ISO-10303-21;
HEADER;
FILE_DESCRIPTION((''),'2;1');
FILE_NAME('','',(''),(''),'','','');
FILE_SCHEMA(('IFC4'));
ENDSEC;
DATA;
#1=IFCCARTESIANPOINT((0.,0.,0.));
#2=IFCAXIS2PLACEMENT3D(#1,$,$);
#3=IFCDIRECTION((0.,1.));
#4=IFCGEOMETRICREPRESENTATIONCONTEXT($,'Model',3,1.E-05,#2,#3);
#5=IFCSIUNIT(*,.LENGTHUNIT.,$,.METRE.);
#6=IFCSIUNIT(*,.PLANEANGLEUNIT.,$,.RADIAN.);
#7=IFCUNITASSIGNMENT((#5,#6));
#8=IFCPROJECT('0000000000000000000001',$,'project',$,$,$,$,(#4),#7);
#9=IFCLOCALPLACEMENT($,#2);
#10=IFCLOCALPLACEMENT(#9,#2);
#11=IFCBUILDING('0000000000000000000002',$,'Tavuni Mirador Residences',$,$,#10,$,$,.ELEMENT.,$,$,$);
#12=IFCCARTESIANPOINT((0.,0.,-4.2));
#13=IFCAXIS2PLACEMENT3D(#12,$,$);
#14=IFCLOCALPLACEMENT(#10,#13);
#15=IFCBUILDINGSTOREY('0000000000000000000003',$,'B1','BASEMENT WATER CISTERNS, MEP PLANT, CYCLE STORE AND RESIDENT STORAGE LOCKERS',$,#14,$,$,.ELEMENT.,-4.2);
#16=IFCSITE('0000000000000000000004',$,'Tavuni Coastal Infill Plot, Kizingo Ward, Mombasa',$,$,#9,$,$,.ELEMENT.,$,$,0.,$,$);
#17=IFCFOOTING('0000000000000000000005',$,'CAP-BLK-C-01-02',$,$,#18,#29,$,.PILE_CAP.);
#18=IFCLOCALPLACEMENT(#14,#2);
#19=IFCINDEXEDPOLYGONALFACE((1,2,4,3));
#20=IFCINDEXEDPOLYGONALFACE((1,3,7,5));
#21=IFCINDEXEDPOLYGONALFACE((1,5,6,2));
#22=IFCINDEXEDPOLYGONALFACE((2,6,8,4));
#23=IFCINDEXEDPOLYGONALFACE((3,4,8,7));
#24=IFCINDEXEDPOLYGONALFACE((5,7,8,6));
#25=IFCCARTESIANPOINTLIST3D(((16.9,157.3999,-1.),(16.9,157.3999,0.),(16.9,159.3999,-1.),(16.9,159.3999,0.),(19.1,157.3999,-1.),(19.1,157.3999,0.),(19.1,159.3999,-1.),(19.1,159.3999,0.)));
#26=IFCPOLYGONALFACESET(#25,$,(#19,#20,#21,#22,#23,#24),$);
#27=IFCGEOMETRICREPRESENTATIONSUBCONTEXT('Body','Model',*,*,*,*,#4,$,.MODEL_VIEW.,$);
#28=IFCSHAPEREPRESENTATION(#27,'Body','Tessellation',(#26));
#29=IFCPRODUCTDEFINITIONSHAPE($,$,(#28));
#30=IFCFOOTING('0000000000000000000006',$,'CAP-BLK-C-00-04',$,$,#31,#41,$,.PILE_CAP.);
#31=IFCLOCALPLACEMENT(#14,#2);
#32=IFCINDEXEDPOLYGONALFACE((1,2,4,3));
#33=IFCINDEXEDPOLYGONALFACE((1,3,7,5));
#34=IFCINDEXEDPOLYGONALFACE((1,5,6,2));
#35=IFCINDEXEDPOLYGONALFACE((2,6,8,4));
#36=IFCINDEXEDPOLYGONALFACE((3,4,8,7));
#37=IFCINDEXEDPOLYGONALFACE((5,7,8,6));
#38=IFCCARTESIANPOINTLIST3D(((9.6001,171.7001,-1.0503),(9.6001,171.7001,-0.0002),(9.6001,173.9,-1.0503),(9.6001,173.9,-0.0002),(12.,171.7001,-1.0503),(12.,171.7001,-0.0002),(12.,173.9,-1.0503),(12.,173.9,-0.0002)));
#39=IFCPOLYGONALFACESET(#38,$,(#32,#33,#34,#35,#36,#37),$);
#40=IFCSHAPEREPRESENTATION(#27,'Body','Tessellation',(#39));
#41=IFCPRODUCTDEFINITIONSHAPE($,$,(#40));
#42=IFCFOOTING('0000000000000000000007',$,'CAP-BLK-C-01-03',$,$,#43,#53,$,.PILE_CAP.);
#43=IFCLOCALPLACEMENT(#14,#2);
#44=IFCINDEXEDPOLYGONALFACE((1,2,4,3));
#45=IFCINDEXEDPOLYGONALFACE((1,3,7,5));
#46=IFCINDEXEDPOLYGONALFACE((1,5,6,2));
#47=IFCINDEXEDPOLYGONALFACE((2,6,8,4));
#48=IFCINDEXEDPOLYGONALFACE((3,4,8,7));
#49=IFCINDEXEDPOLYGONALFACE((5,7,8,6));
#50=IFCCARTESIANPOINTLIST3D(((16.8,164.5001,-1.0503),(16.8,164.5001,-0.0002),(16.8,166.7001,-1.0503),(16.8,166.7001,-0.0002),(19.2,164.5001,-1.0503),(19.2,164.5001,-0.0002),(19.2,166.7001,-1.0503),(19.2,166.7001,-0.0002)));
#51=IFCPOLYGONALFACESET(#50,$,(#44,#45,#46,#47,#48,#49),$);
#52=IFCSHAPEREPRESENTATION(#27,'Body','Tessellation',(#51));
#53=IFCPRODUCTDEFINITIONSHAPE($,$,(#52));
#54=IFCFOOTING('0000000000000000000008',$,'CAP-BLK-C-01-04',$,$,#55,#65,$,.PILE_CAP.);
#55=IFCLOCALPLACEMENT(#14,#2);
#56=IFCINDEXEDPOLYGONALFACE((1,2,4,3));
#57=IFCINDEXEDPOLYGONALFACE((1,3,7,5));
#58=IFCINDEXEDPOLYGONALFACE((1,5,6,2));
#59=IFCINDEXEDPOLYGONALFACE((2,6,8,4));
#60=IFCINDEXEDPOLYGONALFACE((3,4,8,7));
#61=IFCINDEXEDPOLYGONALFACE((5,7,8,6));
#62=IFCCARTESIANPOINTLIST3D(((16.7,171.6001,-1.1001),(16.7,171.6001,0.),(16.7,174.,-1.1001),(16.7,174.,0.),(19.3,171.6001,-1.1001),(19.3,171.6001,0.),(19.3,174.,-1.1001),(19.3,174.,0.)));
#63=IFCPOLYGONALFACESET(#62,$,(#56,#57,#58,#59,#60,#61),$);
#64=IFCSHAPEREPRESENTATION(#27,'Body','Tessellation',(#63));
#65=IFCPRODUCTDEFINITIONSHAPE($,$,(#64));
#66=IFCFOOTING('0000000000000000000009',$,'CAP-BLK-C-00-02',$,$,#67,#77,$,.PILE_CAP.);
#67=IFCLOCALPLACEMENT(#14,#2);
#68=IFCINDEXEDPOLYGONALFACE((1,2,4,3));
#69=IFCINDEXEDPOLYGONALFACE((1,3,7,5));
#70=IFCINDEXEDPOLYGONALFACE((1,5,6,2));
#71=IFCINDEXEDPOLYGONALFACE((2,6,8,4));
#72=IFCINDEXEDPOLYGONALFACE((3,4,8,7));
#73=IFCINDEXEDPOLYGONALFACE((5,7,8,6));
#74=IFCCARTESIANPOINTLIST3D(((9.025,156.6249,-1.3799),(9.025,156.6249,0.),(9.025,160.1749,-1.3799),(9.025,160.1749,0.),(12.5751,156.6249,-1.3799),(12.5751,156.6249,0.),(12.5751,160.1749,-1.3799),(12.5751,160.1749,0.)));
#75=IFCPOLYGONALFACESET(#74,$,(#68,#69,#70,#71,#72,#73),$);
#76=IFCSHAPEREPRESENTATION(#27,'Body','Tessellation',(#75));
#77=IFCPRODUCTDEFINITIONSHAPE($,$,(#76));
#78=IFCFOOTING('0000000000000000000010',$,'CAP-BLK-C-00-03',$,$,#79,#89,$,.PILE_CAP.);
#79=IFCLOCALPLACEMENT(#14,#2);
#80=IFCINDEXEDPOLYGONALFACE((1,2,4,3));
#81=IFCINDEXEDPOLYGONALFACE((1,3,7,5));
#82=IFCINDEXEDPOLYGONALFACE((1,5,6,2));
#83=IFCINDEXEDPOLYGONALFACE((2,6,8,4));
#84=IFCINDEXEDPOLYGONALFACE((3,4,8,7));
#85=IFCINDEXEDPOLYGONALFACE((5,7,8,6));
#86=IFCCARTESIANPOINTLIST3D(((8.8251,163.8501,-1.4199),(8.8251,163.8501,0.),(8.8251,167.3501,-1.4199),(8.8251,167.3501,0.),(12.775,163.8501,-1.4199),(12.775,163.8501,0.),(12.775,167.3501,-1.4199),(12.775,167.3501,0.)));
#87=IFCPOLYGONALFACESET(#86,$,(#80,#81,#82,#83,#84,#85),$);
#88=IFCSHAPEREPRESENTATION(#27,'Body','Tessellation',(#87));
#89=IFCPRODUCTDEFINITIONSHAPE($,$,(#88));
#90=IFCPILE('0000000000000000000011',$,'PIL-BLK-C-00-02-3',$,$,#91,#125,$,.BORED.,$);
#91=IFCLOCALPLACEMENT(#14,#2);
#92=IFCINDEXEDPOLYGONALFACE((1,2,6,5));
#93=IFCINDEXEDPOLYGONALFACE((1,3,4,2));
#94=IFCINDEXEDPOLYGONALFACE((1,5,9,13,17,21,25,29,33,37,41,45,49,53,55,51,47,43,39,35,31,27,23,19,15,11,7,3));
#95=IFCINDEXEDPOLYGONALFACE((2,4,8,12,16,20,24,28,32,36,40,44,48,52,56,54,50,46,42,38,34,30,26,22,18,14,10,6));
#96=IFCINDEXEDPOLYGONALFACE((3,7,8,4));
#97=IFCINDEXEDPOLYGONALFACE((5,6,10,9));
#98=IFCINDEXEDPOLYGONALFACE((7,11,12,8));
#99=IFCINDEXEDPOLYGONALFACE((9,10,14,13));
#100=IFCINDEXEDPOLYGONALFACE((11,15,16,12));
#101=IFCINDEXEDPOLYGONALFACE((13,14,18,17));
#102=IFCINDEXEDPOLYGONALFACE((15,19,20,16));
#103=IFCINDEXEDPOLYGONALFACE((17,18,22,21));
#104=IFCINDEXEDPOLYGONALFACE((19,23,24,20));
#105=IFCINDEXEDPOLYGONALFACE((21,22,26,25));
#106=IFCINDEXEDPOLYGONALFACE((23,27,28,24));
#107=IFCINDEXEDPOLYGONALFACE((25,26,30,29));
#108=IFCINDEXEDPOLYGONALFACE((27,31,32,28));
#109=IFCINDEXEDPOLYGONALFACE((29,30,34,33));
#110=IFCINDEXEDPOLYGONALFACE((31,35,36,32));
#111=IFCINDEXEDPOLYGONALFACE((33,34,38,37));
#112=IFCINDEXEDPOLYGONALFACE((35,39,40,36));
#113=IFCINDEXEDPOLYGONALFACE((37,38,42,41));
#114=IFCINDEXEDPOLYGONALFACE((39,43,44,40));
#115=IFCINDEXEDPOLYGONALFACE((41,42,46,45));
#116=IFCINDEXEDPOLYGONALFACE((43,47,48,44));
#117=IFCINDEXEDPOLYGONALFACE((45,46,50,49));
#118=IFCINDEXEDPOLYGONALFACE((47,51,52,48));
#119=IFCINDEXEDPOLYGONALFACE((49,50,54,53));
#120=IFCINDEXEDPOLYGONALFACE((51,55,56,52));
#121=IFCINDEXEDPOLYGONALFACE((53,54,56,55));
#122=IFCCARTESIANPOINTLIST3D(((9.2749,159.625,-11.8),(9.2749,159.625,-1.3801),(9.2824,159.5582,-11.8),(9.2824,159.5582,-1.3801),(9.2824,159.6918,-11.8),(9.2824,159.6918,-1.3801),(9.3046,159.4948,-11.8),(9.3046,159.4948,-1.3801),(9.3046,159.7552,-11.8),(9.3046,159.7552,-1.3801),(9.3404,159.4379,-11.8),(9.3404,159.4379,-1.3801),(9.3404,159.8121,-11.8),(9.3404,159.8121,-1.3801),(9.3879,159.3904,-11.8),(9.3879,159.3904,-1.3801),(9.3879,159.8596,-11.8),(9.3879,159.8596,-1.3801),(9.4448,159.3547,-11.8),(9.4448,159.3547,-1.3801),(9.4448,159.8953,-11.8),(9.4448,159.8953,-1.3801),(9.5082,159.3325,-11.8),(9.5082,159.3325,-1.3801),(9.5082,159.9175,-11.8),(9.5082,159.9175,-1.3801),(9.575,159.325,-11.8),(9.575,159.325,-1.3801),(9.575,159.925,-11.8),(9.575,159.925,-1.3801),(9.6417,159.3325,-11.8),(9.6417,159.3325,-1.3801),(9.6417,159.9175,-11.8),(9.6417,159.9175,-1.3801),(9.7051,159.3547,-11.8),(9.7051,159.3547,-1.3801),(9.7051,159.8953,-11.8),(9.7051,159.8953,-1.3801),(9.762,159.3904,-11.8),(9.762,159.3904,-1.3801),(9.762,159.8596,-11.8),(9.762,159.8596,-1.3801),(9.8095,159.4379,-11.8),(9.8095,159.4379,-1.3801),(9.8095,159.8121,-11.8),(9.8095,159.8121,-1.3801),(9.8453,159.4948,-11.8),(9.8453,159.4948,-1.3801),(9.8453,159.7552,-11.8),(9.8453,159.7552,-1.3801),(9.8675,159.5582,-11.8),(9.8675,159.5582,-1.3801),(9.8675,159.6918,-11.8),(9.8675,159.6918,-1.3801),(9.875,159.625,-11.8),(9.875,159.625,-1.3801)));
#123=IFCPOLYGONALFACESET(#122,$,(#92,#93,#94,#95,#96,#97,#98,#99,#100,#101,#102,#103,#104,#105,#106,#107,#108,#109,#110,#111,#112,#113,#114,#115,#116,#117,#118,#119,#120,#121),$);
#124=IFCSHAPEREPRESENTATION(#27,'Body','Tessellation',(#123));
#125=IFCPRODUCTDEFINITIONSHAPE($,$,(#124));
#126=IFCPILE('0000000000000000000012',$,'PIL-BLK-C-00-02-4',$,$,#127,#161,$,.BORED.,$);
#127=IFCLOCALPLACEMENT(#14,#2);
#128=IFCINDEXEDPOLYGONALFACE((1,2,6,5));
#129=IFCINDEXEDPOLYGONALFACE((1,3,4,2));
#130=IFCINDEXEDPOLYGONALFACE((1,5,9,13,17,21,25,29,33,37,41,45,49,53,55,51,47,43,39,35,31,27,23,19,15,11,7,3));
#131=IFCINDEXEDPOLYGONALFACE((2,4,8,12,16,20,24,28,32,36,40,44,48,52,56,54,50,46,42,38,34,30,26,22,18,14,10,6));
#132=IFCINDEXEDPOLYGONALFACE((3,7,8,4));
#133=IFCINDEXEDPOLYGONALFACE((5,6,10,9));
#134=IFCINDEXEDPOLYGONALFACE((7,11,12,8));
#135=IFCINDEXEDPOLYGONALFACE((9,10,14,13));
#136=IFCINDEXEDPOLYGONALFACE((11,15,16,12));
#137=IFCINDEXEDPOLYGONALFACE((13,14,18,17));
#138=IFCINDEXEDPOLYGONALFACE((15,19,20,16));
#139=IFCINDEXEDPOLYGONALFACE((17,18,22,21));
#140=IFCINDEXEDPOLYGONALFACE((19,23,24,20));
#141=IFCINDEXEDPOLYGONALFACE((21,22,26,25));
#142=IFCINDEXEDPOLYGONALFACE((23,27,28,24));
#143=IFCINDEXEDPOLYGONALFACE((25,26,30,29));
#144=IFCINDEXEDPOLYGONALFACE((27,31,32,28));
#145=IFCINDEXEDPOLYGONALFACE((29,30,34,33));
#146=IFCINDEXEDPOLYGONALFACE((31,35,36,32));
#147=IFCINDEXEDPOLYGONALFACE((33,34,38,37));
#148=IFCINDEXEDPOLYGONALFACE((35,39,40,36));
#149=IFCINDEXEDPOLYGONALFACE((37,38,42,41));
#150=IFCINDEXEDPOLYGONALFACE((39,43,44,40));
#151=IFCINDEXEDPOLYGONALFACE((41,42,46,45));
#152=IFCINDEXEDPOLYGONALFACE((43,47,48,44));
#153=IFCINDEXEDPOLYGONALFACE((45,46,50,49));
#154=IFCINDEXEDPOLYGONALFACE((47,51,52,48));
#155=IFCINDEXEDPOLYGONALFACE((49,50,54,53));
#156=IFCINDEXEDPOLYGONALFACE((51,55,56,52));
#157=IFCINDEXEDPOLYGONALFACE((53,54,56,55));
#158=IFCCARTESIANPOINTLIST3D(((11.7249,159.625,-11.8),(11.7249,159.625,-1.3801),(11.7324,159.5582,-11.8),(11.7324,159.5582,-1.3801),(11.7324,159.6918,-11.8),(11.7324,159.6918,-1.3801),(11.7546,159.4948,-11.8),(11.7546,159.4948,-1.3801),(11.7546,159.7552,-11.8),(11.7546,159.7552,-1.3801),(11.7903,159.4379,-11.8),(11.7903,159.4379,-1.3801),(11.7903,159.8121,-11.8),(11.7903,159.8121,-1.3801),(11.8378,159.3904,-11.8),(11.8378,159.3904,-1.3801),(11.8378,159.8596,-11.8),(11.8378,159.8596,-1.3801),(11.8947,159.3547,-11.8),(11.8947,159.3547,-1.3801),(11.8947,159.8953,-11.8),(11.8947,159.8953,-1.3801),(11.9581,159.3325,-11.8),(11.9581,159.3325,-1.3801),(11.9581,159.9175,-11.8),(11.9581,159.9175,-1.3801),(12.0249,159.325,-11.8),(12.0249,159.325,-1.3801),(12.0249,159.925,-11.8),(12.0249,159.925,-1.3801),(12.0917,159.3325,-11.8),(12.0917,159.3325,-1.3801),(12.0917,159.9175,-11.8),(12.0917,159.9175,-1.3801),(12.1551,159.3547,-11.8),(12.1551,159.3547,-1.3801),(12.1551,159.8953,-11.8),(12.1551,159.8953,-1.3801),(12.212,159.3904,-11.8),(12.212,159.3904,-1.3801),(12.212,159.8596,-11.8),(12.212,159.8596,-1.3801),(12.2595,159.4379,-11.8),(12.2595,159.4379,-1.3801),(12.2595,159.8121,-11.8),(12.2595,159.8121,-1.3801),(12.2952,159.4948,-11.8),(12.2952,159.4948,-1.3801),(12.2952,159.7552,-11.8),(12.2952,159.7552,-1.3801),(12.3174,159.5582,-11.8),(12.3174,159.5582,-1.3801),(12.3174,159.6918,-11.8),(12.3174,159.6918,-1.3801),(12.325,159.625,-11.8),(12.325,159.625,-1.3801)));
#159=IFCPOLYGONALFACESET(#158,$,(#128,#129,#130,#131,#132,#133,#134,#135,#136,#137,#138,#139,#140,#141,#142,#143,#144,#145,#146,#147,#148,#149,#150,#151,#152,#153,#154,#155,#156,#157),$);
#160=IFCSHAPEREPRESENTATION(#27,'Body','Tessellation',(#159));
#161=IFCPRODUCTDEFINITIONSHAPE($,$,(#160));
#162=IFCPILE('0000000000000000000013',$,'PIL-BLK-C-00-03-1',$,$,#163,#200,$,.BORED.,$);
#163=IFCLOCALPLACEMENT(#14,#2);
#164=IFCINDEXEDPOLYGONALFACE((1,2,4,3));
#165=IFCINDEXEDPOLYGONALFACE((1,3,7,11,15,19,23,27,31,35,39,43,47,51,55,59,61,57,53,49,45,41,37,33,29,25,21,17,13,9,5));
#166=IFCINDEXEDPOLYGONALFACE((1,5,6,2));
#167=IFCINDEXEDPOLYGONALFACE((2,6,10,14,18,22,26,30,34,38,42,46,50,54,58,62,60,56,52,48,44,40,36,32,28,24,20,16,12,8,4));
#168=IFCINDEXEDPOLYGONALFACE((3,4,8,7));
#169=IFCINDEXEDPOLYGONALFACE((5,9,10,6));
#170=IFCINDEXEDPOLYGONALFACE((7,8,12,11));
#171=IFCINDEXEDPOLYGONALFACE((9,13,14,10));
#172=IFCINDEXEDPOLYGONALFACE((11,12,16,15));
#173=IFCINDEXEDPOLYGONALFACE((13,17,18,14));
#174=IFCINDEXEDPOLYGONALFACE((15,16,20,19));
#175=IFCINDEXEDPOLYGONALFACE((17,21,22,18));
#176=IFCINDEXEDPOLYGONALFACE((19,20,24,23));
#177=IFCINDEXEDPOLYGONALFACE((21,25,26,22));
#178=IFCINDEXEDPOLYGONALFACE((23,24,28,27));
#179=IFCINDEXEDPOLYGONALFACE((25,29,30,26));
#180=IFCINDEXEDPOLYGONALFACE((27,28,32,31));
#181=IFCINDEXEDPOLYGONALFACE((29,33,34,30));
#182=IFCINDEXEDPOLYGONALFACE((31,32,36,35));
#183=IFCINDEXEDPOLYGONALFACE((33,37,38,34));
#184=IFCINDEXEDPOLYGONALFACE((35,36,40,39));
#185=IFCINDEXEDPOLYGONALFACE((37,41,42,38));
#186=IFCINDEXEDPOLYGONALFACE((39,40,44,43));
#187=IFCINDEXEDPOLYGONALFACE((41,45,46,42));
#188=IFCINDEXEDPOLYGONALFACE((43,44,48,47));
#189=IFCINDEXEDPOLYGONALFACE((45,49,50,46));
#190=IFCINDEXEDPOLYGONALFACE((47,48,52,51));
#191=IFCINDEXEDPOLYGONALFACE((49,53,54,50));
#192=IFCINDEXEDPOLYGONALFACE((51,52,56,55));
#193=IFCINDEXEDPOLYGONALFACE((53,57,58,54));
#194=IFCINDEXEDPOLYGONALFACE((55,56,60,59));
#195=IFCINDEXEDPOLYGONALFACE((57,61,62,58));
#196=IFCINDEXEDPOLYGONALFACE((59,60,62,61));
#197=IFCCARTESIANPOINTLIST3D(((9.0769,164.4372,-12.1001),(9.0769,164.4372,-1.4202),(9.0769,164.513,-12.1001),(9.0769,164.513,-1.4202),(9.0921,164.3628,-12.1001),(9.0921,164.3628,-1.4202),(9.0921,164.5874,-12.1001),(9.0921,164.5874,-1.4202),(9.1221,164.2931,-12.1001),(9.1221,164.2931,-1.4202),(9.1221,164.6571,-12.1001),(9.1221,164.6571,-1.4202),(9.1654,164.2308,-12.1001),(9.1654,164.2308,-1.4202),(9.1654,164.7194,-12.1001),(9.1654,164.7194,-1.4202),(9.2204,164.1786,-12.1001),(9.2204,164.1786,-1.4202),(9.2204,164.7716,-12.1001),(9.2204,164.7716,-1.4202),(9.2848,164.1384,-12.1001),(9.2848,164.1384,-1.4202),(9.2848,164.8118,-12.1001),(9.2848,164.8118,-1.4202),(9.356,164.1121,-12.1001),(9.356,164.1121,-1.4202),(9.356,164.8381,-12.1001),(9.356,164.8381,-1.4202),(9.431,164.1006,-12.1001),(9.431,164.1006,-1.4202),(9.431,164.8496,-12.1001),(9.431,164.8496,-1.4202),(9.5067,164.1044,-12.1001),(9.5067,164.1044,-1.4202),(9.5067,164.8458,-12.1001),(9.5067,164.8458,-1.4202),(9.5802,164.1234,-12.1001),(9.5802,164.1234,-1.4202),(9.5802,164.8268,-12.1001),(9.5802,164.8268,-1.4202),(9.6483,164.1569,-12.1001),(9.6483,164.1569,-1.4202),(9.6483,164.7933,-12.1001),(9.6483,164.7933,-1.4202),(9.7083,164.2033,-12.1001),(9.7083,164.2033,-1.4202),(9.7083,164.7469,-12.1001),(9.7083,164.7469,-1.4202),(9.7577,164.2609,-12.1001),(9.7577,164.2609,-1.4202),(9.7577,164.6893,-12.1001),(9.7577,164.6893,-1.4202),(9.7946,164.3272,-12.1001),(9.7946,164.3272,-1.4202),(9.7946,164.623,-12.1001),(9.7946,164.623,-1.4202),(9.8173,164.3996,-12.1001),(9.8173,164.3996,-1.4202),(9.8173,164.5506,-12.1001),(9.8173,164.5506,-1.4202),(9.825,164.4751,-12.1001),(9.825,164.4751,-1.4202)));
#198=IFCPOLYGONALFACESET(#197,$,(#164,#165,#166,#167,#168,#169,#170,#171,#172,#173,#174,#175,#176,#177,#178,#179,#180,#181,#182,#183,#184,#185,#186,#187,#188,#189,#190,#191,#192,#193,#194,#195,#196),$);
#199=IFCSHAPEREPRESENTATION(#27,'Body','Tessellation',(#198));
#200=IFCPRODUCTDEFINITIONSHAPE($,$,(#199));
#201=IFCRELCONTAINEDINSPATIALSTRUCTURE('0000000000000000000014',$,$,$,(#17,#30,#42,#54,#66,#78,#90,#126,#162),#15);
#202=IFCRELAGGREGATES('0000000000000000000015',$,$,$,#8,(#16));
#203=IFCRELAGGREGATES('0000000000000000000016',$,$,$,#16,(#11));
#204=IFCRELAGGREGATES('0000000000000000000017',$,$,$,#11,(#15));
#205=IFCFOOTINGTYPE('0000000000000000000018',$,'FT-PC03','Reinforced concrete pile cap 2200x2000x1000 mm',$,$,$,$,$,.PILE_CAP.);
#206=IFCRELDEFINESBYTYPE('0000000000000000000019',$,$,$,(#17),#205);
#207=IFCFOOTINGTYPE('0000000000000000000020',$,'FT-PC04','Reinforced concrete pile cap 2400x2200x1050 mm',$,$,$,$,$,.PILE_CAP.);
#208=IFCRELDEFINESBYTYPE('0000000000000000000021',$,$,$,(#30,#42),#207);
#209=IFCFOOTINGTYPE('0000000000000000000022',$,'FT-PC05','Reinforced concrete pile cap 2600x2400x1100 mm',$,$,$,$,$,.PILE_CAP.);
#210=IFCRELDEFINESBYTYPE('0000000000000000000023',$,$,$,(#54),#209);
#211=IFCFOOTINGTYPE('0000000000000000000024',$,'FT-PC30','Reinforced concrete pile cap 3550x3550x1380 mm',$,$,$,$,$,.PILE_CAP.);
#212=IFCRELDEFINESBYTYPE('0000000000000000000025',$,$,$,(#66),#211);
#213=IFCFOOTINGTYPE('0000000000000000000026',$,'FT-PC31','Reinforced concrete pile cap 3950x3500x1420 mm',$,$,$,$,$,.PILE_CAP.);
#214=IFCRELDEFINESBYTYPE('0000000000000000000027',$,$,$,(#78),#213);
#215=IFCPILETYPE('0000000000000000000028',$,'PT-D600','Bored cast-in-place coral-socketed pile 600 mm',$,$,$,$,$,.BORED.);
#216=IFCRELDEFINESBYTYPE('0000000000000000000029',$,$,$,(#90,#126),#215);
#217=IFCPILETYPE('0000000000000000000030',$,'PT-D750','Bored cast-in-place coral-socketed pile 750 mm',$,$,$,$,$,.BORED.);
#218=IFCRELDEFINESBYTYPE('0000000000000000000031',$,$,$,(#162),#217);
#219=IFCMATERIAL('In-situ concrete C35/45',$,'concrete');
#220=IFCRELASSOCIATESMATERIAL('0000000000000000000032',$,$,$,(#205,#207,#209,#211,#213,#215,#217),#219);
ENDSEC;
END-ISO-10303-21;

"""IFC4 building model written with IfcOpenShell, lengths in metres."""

from ifc_helpers import new_model, si_unit, direction, frame, origin, origin_2d, place, context, subcontext, project, spatial, rectangle, circle, extrude, material, material_profile, profile_set, type_object, element, save


model = new_model("IFC4")

# Units and contexts
model_context = context("Model", 3, precision=1e-05, world=origin(), true_north=direction((0.0, 1.0)))
body_context = subcontext(model_context, "Body", "Model", "MODEL_VIEW")
ifc_project = project(units=[si_unit("LENGTHUNIT", "METRE"), si_unit("PLANEANGLEUNIT", "RADIAN")], contexts=[model_context])

# Site, building, storey
site_placement = place(None, origin())
site = spatial("IfcSite", under=ifc_project, at=site_placement, Name="Tavuni Coastal Infill Plot, Kizingo Ward, Mombasa", CompositionType="ELEMENT", RefElevation=0.0)
building_placement = place(site_placement, origin())
building = spatial("IfcBuilding", under=site, at=building_placement, Name="Tavuni Mirador Residences", CompositionType="ELEMENT")
storey_placement = place(building_placement, frame((0.0, 0.0, -4.2)))
storey = spatial("IfcBuildingStorey", under=building, at=storey_placement, Name="B1", Description="BASEMENT WATER CISTERNS, MEP PLANT, CYCLE STORE AND RESIDENT STORAGE LOCKERS", CompositionType="ELEMENT", Elevation=-4.2)

# Footings
ifc_material_1 = material(Name="In-situ concrete C35/45", Category="concrete")
footing_type_1 = type_object("IfcFootingType", Name="FT-PC03", Description="Reinforced concrete pile cap 2200x2000x1000 mm", PredefinedType="PILE_CAP", material=ifc_material_1)
footing_1_placement = place(storey_placement, frame((18.0, 158.3999, -1.0), z_axis=(0.0, 0.0, 1.0), x_axis=(1.0, 0.0, 0.0)))
element("IfcFooting", 1, at=footing_1_placement, inside=storey, type_object=footing_type_1, Name="CAP-BLK-C-01-02", PredefinedType="PILE_CAP", context=body_context, shape_type="SweptSolid", body=[
    extrude(rectangle(XDim=2.2, YDim=2.0, at=origin_2d()), origin(), (0.0, 0.0, 1.0), 1.0),
])
footing_type_2 = type_object("IfcFootingType", Name="FT-PC04", Description="Reinforced concrete pile cap 2400x2200x1050 mm", PredefinedType="PILE_CAP", material=ifc_material_1)
for number, where, z_axis, x_axis, name in (
    (2, (10.8, 172.8, -1.0503), (0.0, 0.0, 1.0), (1.0, 0.0, 0.0), "CAP-BLK-C-00-04"),
    (3, (18.0, 165.6001, -1.0503), (0.0, 0.0, 1.0), (1.0, 0.0, 0.0), "CAP-BLK-C-01-03"),
):
    element("IfcFooting", number, at=place(storey_placement, frame(where, z_axis=z_axis, x_axis=x_axis)), inside=storey, type_object=footing_type_2, Name=name, PredefinedType="PILE_CAP", context=body_context, shape_type="SweptSolid", body=[
        extrude(rectangle(XDim=2.3999, YDim=2.2, at=origin_2d()), origin(), (0.0, 0.0, 1.0), 1.05),
    ])
footing_type_3 = type_object("IfcFootingType", Name="FT-PC05", Description="Reinforced concrete pile cap 2600x2400x1100 mm", PredefinedType="PILE_CAP", material=ifc_material_1)
footing_2_placement = place(storey_placement, frame((18.0, 172.8, -1.1001), z_axis=(0.0, 0.0, 1.0), x_axis=(1.0, 0.0, 0.0)))
element("IfcFooting", 4, at=footing_2_placement, inside=storey, type_object=footing_type_3, Name="CAP-BLK-C-01-04", PredefinedType="PILE_CAP", context=body_context, shape_type="SweptSolid", body=[
    extrude(rectangle(XDim=2.6001, YDim=2.3999, at=origin_2d()), origin(), (0.0, 0.0, 1.0), 1.1001),
])
footing_type_4 = type_object("IfcFootingType", Name="FT-PC30", Description="Reinforced concrete pile cap 3550x3550x1380 mm", PredefinedType="PILE_CAP", material=ifc_material_1)
footing_3_placement = place(storey_placement, frame((10.8, 158.3999, -1.3799), z_axis=(0.0, 0.0, 1.0), x_axis=(1.0, 0.0, 0.0)))
element("IfcFooting", 5, at=footing_3_placement, inside=storey, type_object=footing_type_4, Name="CAP-BLK-C-00-02", PredefinedType="PILE_CAP", context=body_context, shape_type="SweptSolid", body=[
    extrude(rectangle(XDim=3.55, YDim=3.55, at=origin_2d()), origin(), (0.0, 0.0, 1.0), 1.3799),
])
footing_type_5 = type_object("IfcFootingType", Name="FT-PC31", Description="Reinforced concrete pile cap 3950x3500x1420 mm", PredefinedType="PILE_CAP", material=ifc_material_1)
footing_4_placement = place(storey_placement, frame((10.8, 165.6001, -1.4199), z_axis=(0.0, 0.0, 1.0), x_axis=(1.0, 0.0, 0.0)))
element("IfcFooting", 6, at=footing_4_placement, inside=storey, type_object=footing_type_5, Name="CAP-BLK-C-00-03", PredefinedType="PILE_CAP", context=body_context, shape_type="SweptSolid", body=[
    extrude(rectangle(XDim=3.95, YDim=3.5, at=origin_2d()), origin(), (0.0, 0.0, 1.0), 1.4199),
])

# Piles
ifc_material_profile_1 = material_profile(ifc_material_1, circle(Radius=0.3, at=origin_2d()), Name="PILE D600", Category="concrete")
ifc_profile_set_1 = profile_set([ifc_material_profile_1], Name="In-situ concrete C35/45")
pile_type_1 = type_object("IfcPileType", Name="PT-D600", Description="Bored cast-in-place coral-socketed pile 600 mm", PredefinedType="BORED", material=ifc_profile_set_1)
for number, where, z_axis, x_axis, name in (
    (7, (9.575, 159.625, -1.3801), (0.0, 0.0, -1.0), (1.0, 0.0, 0.0), "PIL-BLK-C-00-02-3"),
    (8, (12.0249, 159.625, -1.3801), (0.0, 0.0, -1.0), (1.0, 0.0, 0.0), "PIL-BLK-C-00-02-4"),
):
    element("IfcPile", number, at=place(storey_placement, frame(where, z_axis=z_axis, x_axis=x_axis)), inside=storey, type_object=pile_type_1, Name=name, PredefinedType="BORED", context=body_context, shape_type="SweptSolid", body=[
        extrude(circle(Radius=0.3, at=origin_2d()), origin(), (0.0, 0.0, 1.0), 10.4199),
    ])
ifc_material_profile_2 = material_profile(ifc_material_1, circle(Radius=0.375, at=origin_2d()), Name="PILE D750", Category="concrete")
ifc_profile_set_2 = profile_set([ifc_material_profile_2], Name="In-situ concrete C35/45")
pile_type_2 = type_object("IfcPileType", Name="PT-D750", Description="Bored cast-in-place coral-socketed pile 750 mm", PredefinedType="BORED", material=ifc_profile_set_2)
for number, where, z_axis, x_axis, name in (
    (9, (9.45, 164.4751, -1.4202), (0.0, 0.0, -1.0), (1.0, 0.0, 0.0), "PIL-BLK-C-00-03-1"),
):
    element("IfcPile", number, at=place(storey_placement, frame(where, z_axis=z_axis, x_axis=x_axis)), inside=storey, type_object=pile_type_2, Name=name, PredefinedType="BORED", context=body_context, shape_type="SweptSolid", body=[
        extrude(circle(Radius=0.375, at=origin_2d()), origin(), (0.0, 0.0, 1.0), 10.6799),
    ])

save(model, "model.ifc")
